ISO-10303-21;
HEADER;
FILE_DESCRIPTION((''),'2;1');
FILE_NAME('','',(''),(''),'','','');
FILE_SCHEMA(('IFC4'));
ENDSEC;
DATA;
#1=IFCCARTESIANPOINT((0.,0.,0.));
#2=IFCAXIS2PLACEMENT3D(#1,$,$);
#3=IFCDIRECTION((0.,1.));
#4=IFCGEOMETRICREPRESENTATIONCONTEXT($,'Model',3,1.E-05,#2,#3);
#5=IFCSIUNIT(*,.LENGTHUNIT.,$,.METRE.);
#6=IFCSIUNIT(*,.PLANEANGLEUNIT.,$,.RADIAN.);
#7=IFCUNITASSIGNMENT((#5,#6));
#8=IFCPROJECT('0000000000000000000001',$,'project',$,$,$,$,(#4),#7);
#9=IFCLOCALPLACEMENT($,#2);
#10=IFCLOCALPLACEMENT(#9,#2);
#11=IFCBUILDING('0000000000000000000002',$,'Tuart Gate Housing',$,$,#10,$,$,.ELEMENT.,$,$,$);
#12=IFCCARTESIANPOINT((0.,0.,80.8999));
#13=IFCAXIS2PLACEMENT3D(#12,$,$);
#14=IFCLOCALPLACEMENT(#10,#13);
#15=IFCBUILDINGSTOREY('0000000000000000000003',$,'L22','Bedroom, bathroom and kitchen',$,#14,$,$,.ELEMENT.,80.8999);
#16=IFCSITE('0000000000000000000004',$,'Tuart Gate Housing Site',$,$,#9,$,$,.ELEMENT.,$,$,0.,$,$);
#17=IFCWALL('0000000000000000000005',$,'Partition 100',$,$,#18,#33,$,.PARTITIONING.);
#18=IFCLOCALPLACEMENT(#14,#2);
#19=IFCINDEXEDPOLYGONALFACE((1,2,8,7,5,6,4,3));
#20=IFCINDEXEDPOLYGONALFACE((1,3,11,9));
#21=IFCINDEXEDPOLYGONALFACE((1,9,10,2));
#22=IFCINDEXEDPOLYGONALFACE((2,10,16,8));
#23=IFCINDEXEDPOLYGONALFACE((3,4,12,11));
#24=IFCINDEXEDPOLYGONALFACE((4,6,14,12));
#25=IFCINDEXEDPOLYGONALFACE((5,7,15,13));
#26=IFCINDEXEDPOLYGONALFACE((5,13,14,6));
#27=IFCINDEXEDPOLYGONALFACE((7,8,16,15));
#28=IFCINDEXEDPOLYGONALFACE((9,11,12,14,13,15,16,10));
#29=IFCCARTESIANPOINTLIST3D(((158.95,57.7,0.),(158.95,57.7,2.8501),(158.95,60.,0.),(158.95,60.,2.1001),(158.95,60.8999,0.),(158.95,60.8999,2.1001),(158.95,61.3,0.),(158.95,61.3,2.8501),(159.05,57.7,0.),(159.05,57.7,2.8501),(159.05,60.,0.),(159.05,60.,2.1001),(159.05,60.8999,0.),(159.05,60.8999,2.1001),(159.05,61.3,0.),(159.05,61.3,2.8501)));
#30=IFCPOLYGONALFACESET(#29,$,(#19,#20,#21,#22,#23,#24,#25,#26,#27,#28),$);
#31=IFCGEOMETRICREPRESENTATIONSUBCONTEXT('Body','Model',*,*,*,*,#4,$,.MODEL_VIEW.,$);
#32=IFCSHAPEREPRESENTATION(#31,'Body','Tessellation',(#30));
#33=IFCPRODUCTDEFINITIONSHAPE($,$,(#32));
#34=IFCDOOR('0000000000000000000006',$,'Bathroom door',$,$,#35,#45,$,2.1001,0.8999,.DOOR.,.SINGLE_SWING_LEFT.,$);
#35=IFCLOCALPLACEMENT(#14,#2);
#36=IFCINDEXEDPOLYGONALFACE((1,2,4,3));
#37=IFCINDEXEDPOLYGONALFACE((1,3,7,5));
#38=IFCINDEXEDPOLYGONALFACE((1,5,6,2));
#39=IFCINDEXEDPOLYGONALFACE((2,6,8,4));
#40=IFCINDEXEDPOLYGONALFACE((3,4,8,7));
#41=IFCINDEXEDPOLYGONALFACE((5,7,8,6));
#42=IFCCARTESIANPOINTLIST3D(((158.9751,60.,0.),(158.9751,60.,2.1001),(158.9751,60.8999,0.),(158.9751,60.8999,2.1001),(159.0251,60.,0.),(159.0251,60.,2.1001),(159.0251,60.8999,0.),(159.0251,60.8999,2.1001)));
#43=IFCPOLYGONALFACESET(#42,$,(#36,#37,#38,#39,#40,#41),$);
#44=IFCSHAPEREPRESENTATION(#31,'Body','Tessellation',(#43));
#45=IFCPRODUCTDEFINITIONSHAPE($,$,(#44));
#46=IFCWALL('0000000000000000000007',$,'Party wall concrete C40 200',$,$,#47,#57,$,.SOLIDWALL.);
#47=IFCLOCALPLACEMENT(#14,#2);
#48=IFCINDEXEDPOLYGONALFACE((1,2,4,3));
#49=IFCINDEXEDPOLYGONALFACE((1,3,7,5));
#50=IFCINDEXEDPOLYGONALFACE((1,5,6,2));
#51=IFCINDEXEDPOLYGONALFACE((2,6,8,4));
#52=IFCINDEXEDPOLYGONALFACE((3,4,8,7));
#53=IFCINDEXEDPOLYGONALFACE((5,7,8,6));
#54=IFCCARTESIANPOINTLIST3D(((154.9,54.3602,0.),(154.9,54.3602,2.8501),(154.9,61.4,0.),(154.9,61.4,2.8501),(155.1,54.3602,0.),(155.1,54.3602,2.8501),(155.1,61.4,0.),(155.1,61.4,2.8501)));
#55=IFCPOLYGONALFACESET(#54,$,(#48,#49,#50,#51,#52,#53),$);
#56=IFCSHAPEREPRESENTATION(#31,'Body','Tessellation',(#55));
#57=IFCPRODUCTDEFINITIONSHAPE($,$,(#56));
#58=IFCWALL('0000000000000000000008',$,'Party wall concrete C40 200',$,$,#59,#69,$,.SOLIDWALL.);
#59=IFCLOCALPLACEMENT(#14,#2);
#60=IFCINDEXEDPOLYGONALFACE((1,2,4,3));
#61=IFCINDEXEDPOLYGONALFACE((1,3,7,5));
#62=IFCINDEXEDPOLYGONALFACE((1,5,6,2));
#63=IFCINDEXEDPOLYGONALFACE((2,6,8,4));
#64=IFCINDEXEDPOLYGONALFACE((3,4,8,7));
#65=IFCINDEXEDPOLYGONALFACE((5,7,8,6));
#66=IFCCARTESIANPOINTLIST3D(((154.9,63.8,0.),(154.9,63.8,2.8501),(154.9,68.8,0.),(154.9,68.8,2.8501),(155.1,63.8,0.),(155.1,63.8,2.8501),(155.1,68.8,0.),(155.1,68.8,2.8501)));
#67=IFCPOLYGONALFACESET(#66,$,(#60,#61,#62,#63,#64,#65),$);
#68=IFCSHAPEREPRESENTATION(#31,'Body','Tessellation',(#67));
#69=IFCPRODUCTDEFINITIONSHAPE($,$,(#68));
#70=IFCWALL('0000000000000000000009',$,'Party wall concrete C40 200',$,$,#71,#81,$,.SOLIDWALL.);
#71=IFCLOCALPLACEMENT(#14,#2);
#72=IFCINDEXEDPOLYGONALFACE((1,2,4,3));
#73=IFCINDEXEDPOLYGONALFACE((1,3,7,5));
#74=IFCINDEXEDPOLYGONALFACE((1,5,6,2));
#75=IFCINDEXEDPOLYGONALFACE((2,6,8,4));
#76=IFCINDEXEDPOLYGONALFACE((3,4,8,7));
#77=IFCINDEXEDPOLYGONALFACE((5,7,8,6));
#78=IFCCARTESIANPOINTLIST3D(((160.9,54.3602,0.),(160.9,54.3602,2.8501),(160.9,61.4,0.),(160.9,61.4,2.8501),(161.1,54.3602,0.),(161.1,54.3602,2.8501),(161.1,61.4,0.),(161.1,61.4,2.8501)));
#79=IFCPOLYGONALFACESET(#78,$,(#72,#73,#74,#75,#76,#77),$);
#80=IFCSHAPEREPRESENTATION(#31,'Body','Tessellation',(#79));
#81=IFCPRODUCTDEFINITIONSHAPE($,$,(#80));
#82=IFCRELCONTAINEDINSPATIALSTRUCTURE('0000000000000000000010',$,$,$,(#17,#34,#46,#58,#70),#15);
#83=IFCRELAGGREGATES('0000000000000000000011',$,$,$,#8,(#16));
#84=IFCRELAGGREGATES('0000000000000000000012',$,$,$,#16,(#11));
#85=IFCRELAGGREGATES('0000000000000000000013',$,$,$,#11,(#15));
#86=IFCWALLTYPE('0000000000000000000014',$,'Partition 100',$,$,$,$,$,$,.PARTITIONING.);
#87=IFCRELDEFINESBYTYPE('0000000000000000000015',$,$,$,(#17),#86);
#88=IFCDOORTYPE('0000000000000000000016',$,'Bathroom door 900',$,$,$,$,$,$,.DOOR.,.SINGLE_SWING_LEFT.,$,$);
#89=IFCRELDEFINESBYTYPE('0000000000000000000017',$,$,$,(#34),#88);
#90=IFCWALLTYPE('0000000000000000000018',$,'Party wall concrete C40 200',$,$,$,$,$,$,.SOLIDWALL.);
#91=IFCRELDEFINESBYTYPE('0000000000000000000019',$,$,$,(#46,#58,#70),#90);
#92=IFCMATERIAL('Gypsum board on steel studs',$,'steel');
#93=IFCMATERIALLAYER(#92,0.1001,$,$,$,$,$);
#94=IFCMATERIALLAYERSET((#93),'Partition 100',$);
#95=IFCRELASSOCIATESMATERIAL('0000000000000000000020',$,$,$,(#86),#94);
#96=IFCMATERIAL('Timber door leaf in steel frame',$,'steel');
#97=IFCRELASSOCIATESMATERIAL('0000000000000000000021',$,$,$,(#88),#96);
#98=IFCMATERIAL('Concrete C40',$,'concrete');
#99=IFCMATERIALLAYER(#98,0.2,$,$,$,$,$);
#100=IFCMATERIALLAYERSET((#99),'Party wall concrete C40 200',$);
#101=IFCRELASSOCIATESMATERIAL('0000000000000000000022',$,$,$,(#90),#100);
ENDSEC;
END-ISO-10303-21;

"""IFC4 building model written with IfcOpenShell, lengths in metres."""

from ifc_helpers import new_model, si_unit, direction, frame, frame_2d, origin, place, context, subcontext, project, spatial, rectangle, extrude, material, layer, layer_set, type_object, element, fill, save


model = new_model("IFC4")

# Units and contexts
model_context = context("Model", 3, precision=1e-05, world=origin(), true_north=direction((0.0, 1.0)))
body_context = subcontext(model_context, "Body", "Model", "MODEL_VIEW")
ifc_project = project(units=[si_unit("LENGTHUNIT", "METRE"), si_unit("PLANEANGLEUNIT", "RADIAN")], contexts=[model_context])

# Site, building, storey
site_placement = place(None, origin())
site = spatial("IfcSite", under=ifc_project, at=site_placement, Name="Tuart Gate Housing Site", CompositionType="ELEMENT", RefElevation=0.0)
building_placement = place(site_placement, origin())
building = spatial("IfcBuilding", under=site, at=building_placement, Name="Tuart Gate Housing", CompositionType="ELEMENT")
storey_placement = place(building_placement, frame((0.0, 0.0, 80.8999)))
storey = spatial("IfcBuildingStorey", under=building, at=storey_placement, Name="L22", Description="Bedroom, bathroom and kitchen", CompositionType="ELEMENT", Elevation=80.8999)

# Shared definitions
ifc_material_1 = material(Name="Gypsum board on steel studs", Category="steel")
ifc_layer_1 = layer(ifc_material_1, 0.1001)
ifc_layer_set_1 = layer_set([ifc_layer_1], Name="Partition 100")
wall_type_1 = type_object("IfcWallType", Name="Partition 100", PredefinedType="PARTITIONING", material=ifc_layer_set_1)

# Wall, opening, door
wall_1_placement = place(storey_placement, frame((159.0, 57.7, 0.0), z_axis=(0.0, 0.0, 1.0), x_axis=(0.0, 1.0, 0.0)))
wall_1 = element("IfcWall", 1, at=wall_1_placement, inside=storey, type_object=wall_type_1, Name="Partition 100", PredefinedType="PARTITIONING", context=body_context, shape_type="SweptSolid", body=[
    extrude(rectangle(XDim=3.6001, YDim=0.1001, at=frame_2d((1.8, 0.0))), origin(), (0.0, 0.0, 1.0), 2.8501),
])
opening_1_placement = place(wall_1_placement, frame((2.3, 0.0, 0.0)))
opening_1 = element("IfcOpeningElement", 2, at=opening_1_placement, cuts=wall_1, PredefinedType="OPENING", context=body_context, shape_type="SweptSolid", body=[
    extrude(rectangle(XDim=0.8999, YDim=2.1001, at=frame_2d((0.45, 1.05))), frame((0.0, 0.0601, 0.0), z_axis=(0.0, -1.0, 0.0), x_axis=(1.0, 0.0, 0.0)), (0.0, 0.0, 1.0), 0.1201),
])
ifc_material_2 = material(Name="Timber door leaf in steel frame", Category="steel")
door_type_1 = type_object("IfcDoorType", Name="Bathroom door 900", OperationType="SINGLE_SWING_LEFT", PredefinedType="DOOR", material=ifc_material_2)
door_1_placement = place(opening_1_placement, frame((0.8999, 0.0, 0.0), z_axis=(0.0, 0.0, 1.0), x_axis=(-1.0, 0.0, 0.0)))
door_1 = element("IfcDoor", 3, at=door_1_placement, inside=storey, type_object=door_type_1, Name="Bathroom door", OperationType="SINGLE_SWING_LEFT", OverallHeight=2.1001, OverallWidth=0.8999, PredefinedType="DOOR", context=body_context, shape_type="SweptSolid", body=[
    extrude(rectangle(XDim=0.8999, YDim=2.1001, at=frame_2d((0.45, 1.05))), frame((0.0, 0.0251, 0.0), z_axis=(0.0, -1.0, 0.0), x_axis=(1.0, 0.0, 0.0)), (0.0, 0.0, 1.0), 0.05),
])
fill(opening_1, door_1)

# Walls
ifc_material_3 = material(Name="Concrete C40", Category="concrete")
ifc_layer_2 = layer(ifc_material_3, 0.2)
ifc_layer_set_2 = layer_set([ifc_layer_2], Name="Party wall concrete C40 200")
wall_type_2 = type_object("IfcWallType", Name="Party wall concrete C40 200", PredefinedType="SOLIDWALL", material=ifc_layer_set_2)
wall_2_placement = place(storey_placement, frame((155.0, 54.3601, 0.0), z_axis=(0.0, 0.0, 1.0), x_axis=(0.0, 1.0, 0.0)))
element("IfcWall", 4, at=wall_2_placement, inside=storey, type_object=wall_type_2, Name="Party wall concrete C40 200", PredefinedType="SOLIDWALL", context=body_context, shape_type="SweptSolid", body=[
    extrude(rectangle(XDim=7.0398, YDim=0.2, at=frame_2d((3.52, 0.0))), origin(), (0.0, 0.0, 1.0), 2.8501),
])
wall_3_placement = place(storey_placement, frame((155.0, 63.8, 0.0), z_axis=(0.0, 0.0, 1.0), x_axis=(0.0, 1.0, 0.0)))
element("IfcWall", 5, at=wall_3_placement, inside=storey, type_object=wall_type_2, Name="Party wall concrete C40 200", PredefinedType="SOLIDWALL", context=body_context, shape_type="SweptSolid", body=[
    extrude(rectangle(XDim=5.0, YDim=0.2, at=frame_2d((2.5, 0.0))), origin(), (0.0, 0.0, 1.0), 2.8501),
])
wall_4_placement = place(storey_placement, frame((161.0, 54.3601, 0.0), z_axis=(0.0, 0.0, 1.0), x_axis=(0.0, 1.0, 0.0)))
element("IfcWall", 6, at=wall_4_placement, inside=storey, type_object=wall_type_2, Name="Party wall concrete C40 200", PredefinedType="SOLIDWALL", context=body_context, shape_type="SweptSolid", body=[
    extrude(rectangle(XDim=7.0398, YDim=0.2, at=frame_2d((3.52, 0.0))), origin(), (0.0, 0.0, 1.0), 2.8501),
])

save(model, "model.ifc")
